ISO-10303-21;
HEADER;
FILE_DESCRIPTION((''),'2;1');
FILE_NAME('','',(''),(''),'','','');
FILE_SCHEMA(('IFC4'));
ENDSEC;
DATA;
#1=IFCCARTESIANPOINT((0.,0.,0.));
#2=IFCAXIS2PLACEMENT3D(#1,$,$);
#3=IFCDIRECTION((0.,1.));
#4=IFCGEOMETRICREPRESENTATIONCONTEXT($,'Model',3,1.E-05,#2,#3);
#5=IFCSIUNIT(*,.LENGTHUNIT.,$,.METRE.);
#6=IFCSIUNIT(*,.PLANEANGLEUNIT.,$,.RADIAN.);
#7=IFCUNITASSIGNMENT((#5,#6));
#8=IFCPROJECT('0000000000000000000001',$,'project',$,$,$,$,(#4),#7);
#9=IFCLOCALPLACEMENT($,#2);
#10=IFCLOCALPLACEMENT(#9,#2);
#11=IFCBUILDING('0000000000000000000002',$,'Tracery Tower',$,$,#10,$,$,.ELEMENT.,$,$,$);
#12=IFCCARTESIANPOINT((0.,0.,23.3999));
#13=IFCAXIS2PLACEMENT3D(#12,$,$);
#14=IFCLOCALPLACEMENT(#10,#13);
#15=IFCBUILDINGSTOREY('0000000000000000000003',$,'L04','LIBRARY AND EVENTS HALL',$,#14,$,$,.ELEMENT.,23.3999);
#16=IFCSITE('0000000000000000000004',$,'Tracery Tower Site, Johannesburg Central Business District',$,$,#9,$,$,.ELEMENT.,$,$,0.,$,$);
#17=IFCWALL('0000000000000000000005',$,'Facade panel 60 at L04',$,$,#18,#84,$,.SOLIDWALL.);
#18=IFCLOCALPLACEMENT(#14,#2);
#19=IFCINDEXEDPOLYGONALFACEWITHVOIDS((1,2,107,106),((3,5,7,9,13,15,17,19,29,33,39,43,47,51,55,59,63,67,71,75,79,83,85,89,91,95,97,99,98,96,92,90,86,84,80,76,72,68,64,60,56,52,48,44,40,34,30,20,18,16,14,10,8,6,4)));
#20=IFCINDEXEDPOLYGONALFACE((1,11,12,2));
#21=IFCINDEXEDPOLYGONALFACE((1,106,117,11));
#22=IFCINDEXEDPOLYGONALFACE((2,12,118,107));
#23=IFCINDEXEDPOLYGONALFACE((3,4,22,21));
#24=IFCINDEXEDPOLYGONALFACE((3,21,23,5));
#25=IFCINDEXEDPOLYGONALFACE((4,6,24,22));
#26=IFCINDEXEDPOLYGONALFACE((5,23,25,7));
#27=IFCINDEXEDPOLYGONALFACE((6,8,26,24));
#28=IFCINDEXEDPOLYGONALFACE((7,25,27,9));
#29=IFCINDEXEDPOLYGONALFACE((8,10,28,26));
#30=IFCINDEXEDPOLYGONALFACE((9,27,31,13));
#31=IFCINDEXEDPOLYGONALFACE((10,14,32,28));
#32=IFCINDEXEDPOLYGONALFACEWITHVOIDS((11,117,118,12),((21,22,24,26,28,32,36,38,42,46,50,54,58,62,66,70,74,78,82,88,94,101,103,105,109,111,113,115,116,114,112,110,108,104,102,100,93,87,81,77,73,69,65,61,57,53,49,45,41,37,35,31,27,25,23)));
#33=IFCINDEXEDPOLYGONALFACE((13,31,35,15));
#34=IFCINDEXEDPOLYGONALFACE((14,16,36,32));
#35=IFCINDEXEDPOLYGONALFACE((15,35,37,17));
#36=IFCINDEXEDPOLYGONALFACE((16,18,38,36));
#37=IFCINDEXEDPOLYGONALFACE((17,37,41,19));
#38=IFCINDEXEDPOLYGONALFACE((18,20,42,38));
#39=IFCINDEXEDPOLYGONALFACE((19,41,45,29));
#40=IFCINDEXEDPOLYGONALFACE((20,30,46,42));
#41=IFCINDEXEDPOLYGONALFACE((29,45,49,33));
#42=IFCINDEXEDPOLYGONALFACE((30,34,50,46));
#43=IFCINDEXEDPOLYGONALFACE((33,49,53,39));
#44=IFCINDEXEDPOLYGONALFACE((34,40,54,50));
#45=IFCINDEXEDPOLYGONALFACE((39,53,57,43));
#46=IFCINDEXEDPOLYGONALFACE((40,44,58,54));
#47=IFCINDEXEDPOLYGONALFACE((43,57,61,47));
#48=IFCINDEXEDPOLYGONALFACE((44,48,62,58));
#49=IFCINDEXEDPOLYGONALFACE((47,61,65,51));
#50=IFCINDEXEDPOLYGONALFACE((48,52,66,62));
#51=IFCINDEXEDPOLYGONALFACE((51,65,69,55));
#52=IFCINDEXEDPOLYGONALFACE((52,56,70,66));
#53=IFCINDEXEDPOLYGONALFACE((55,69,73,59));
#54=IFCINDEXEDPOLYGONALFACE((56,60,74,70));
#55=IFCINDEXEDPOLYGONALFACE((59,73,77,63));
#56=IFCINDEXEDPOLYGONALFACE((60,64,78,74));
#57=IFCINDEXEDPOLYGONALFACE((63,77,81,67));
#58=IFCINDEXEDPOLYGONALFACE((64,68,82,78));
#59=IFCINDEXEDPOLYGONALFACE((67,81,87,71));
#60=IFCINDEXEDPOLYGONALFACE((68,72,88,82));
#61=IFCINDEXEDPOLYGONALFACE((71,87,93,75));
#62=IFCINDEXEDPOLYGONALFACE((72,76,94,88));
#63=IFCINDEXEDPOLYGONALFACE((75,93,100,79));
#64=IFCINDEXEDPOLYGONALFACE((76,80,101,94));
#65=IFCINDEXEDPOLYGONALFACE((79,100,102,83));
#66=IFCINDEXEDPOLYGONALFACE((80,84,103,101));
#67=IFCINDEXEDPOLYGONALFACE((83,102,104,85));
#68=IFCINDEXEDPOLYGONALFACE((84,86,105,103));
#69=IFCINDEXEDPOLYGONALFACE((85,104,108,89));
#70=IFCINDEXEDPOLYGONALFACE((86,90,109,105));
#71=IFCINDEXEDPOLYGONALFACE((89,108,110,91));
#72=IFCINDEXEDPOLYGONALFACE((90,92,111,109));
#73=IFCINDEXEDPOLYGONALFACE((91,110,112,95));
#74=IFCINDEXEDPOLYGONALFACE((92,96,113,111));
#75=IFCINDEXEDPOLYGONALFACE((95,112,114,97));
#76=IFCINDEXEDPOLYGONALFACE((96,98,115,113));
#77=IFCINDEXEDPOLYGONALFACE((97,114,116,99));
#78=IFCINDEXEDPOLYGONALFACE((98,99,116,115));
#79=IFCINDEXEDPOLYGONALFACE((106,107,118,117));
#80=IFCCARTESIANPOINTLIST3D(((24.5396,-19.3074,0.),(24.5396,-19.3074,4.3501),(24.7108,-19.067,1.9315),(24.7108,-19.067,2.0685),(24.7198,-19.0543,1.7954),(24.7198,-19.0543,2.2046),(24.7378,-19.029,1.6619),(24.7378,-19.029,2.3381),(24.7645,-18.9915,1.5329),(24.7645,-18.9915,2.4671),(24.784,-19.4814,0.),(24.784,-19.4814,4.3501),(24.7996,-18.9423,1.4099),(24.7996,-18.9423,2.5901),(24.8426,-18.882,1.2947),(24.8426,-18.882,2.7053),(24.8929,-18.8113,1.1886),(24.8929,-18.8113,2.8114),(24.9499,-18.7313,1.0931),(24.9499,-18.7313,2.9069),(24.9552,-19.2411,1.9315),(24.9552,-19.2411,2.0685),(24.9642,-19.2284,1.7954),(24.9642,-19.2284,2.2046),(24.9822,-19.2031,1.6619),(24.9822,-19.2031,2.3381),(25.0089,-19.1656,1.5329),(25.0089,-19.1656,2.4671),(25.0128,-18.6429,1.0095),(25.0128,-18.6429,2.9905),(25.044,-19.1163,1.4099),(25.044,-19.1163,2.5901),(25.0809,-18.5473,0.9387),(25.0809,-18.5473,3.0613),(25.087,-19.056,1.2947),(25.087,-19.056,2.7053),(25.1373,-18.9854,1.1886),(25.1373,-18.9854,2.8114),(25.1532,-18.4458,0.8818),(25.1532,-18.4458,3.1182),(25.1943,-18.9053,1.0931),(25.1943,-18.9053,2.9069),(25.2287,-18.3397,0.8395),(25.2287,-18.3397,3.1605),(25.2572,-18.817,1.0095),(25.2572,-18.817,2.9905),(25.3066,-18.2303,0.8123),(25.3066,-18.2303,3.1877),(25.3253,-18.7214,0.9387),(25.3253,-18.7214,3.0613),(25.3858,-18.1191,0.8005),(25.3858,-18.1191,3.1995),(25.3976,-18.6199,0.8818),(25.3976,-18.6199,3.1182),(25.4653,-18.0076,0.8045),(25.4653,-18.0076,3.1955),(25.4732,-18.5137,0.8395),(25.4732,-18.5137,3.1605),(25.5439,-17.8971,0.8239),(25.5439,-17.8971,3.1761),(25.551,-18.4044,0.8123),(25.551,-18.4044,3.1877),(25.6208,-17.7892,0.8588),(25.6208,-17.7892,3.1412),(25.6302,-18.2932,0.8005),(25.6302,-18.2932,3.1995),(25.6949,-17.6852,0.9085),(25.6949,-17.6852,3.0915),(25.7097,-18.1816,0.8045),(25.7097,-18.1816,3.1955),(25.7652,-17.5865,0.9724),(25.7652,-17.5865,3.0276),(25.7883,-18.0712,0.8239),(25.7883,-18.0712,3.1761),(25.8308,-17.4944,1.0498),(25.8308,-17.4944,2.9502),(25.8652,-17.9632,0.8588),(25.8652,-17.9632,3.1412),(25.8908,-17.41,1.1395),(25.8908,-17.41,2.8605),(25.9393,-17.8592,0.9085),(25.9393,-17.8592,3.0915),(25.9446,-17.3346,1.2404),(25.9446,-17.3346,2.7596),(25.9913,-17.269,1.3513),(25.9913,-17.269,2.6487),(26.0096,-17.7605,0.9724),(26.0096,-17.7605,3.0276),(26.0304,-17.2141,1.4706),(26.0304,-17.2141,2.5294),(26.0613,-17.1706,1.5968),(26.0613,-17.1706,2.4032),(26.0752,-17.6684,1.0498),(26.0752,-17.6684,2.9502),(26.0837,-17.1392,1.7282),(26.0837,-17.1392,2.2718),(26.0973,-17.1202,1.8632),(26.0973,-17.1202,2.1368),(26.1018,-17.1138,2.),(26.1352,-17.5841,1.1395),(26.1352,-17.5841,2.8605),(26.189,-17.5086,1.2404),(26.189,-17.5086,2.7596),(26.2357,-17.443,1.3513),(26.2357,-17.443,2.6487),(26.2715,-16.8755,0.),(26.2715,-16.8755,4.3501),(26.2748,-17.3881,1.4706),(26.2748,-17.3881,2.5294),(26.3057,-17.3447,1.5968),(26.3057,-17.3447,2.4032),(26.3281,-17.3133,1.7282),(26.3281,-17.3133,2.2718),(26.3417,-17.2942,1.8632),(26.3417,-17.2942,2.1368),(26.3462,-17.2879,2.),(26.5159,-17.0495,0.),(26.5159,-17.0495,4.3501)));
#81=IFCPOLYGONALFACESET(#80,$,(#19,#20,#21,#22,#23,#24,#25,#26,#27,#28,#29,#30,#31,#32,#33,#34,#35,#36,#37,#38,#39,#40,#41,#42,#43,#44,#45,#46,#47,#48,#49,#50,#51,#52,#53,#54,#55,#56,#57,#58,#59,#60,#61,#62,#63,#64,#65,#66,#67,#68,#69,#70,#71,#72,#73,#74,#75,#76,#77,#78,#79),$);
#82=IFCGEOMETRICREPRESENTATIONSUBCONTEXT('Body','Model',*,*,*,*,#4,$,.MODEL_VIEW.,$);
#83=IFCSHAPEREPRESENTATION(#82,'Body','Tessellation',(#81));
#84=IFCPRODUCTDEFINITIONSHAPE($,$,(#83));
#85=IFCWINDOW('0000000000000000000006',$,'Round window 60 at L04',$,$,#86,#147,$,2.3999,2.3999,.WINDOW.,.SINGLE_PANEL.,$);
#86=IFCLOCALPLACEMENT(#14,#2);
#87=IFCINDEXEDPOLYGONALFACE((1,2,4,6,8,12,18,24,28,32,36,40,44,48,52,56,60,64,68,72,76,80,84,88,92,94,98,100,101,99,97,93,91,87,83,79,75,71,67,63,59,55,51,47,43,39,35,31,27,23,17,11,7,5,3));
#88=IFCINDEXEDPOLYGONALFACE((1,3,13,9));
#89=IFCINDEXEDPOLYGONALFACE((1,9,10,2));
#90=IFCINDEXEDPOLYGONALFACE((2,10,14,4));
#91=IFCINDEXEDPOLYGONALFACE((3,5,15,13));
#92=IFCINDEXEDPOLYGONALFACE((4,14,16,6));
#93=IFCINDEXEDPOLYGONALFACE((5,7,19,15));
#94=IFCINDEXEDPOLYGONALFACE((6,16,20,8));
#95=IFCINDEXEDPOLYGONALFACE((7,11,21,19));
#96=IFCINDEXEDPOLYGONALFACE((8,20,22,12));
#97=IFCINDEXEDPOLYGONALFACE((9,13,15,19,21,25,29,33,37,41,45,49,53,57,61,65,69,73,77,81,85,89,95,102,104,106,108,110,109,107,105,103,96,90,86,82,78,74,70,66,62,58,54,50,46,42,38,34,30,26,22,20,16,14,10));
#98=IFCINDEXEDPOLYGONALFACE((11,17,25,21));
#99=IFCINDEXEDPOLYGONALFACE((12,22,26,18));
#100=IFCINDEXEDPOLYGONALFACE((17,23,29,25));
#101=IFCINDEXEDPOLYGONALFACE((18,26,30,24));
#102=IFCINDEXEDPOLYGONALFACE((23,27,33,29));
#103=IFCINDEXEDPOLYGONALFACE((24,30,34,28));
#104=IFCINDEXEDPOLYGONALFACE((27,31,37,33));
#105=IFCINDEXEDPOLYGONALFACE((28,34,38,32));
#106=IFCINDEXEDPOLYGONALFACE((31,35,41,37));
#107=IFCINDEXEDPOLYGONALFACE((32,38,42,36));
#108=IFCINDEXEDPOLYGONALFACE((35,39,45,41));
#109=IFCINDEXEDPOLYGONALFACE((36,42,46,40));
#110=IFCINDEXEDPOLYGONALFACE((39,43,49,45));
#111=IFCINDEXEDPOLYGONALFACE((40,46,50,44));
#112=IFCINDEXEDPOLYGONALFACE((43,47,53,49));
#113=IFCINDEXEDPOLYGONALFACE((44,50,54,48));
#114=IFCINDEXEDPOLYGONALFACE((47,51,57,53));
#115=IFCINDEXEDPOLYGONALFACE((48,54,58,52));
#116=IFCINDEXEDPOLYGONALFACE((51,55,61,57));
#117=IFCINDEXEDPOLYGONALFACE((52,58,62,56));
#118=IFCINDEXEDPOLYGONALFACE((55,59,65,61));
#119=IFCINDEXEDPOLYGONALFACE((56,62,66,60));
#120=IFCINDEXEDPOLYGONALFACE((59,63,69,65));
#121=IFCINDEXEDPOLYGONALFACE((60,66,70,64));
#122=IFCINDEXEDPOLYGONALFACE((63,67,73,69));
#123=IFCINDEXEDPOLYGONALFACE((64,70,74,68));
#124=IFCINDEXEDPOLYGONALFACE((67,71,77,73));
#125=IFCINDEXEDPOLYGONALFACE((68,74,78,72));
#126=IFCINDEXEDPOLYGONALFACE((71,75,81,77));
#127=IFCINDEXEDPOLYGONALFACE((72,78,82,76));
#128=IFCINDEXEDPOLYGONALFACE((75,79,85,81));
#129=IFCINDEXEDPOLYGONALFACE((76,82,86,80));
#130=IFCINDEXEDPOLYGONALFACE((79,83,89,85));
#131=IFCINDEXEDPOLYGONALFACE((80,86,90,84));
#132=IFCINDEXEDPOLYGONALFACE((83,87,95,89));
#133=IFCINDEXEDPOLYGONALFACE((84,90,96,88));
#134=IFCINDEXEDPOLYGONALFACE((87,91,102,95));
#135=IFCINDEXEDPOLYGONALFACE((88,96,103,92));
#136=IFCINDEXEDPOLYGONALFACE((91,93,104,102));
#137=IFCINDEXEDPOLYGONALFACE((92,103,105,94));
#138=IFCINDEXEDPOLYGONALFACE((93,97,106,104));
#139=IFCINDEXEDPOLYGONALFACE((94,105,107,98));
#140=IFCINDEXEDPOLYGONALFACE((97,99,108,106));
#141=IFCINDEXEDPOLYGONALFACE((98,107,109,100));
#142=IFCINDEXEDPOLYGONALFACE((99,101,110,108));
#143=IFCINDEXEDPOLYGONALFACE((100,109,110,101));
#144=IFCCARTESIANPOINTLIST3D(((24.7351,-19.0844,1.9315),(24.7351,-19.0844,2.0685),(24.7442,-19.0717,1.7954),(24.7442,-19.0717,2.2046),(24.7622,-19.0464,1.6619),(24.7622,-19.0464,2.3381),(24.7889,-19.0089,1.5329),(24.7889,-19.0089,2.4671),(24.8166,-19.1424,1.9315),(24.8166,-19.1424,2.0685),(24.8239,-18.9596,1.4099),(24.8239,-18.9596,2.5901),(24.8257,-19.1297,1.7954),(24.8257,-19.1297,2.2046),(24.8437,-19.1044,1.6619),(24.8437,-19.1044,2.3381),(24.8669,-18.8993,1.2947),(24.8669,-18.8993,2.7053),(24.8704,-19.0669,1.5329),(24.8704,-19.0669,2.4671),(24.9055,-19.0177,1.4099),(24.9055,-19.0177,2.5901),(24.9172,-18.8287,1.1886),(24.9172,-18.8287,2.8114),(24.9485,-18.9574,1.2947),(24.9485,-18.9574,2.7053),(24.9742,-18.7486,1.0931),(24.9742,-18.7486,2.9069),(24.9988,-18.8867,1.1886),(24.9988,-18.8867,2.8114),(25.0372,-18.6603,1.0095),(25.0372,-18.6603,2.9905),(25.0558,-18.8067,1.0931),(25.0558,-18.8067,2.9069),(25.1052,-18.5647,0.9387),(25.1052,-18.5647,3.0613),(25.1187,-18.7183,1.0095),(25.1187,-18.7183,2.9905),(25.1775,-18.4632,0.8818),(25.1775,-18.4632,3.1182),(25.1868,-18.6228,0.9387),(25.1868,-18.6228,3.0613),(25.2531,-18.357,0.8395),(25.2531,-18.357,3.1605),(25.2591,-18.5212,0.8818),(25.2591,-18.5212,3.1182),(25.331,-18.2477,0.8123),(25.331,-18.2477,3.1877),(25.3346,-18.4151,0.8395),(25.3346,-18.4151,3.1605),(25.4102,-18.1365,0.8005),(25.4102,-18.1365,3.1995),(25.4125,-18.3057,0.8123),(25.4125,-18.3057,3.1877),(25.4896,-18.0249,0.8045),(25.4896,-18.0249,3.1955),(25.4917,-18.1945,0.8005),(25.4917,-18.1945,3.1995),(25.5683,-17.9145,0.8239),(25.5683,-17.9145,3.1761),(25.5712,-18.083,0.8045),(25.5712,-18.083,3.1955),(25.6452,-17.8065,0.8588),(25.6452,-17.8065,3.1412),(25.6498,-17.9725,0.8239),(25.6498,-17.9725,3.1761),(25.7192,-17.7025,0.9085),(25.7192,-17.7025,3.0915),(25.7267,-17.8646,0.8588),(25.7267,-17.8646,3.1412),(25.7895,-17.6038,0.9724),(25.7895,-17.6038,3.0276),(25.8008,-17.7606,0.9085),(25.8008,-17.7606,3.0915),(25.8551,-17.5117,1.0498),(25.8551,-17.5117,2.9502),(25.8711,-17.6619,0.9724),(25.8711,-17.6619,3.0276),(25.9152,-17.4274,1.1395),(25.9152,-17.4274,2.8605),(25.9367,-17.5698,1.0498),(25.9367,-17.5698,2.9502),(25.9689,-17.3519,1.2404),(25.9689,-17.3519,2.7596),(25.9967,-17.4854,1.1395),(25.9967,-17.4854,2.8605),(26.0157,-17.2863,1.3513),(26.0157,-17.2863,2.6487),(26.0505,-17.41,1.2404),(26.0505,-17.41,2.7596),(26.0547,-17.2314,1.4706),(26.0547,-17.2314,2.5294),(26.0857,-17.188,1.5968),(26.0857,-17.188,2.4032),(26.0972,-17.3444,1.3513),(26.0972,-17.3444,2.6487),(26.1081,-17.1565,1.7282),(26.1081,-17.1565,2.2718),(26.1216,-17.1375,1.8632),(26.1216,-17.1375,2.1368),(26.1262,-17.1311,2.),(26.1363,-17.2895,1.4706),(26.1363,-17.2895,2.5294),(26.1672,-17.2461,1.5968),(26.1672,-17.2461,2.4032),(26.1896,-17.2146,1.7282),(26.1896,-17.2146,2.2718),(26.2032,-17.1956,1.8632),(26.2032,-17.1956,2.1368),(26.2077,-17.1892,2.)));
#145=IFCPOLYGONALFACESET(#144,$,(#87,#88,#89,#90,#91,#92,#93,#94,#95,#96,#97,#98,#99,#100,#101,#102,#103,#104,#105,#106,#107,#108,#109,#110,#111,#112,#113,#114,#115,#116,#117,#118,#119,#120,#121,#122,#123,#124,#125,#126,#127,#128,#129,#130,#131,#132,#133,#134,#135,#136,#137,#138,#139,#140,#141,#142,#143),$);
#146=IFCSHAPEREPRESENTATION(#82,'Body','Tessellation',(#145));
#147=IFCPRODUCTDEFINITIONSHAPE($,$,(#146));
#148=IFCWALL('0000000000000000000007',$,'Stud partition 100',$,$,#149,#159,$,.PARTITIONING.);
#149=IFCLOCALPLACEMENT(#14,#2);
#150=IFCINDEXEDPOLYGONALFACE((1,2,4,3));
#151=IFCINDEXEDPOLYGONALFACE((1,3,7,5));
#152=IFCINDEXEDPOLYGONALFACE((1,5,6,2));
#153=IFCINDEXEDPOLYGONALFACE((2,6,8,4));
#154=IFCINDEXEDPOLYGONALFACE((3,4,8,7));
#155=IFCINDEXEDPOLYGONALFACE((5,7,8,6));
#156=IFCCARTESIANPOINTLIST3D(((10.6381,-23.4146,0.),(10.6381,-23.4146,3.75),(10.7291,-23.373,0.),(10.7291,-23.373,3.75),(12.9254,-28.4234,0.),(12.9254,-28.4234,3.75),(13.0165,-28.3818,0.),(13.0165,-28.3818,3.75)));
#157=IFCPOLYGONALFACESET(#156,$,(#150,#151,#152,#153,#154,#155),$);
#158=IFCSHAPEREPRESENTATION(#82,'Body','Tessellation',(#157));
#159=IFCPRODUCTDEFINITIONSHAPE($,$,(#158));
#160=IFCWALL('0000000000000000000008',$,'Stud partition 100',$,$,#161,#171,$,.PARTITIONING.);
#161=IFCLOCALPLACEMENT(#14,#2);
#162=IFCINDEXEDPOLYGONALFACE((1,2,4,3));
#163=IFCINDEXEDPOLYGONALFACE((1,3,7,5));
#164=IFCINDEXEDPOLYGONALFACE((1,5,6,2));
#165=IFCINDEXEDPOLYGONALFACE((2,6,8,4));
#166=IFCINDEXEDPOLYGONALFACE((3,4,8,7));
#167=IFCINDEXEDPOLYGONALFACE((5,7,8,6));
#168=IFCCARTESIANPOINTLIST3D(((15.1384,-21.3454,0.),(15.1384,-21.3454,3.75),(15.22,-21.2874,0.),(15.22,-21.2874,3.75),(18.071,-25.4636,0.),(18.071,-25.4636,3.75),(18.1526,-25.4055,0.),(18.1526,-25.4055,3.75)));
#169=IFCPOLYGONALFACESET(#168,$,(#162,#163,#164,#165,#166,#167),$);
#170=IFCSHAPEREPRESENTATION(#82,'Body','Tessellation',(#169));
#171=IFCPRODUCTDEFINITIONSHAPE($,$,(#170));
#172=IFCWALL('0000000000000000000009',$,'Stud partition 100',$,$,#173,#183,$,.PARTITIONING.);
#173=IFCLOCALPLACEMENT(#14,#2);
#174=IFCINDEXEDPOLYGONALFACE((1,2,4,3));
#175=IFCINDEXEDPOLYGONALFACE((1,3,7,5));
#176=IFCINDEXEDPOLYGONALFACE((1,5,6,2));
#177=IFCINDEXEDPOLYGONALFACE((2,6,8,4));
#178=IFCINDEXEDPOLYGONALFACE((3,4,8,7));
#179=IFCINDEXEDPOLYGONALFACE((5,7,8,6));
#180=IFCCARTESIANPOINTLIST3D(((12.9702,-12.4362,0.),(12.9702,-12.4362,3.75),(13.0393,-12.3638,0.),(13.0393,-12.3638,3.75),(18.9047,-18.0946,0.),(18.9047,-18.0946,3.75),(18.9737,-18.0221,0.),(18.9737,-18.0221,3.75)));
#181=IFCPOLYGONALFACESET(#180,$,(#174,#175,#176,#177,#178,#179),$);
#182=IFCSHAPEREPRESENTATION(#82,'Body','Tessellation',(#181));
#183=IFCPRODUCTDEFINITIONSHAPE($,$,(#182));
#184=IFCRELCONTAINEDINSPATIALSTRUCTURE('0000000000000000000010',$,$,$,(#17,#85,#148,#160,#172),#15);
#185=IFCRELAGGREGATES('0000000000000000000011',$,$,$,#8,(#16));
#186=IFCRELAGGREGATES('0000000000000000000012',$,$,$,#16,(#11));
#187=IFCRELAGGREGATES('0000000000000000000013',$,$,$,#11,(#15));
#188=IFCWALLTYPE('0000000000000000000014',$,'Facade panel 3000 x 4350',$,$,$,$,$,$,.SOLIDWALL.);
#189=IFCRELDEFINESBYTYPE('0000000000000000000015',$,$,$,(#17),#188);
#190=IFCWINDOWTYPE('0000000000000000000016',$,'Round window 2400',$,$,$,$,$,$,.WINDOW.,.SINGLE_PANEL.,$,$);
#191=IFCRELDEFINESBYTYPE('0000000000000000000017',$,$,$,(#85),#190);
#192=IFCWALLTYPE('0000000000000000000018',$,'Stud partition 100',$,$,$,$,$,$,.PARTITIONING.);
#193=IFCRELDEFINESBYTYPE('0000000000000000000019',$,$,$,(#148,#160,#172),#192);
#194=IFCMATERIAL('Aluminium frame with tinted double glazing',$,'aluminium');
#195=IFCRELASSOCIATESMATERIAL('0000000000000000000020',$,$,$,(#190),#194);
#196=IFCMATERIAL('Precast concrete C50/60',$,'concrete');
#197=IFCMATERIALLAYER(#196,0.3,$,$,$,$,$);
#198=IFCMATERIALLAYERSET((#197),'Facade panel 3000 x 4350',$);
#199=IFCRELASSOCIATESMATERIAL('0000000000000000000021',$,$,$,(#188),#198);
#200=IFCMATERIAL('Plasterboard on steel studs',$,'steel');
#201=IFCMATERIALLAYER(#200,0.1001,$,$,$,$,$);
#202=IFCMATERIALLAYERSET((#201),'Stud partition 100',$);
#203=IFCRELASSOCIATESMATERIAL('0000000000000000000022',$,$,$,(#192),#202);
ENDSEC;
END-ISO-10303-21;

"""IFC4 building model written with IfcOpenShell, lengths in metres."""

from ifc_helpers import new_model, si_unit, direction, frame, frame_2d, origin, origin_2d, place, context, subcontext, project, spatial, rectangle, circle, extrude, material, layer, layer_set, type_object, element, fill, save


model = new_model("IFC4")

# Units and contexts
model_context = context("Model", 3, precision=1e-05, world=origin(), true_north=direction((0.0, 1.0)))
body_context = subcontext(model_context, "Body", "Model", "MODEL_VIEW")
ifc_project = project(units=[si_unit("LENGTHUNIT", "METRE"), si_unit("PLANEANGLEUNIT", "RADIAN")], contexts=[model_context])

# Site, building, storey
site_placement = place(None, origin())
site = spatial("IfcSite", under=ifc_project, at=site_placement, Name="Tracery Tower Site, Johannesburg Central Business District", CompositionType="ELEMENT", RefElevation=0.0)
building_placement = place(site_placement, origin())
building = spatial("IfcBuilding", under=site, at=building_placement, Name="Tracery Tower", CompositionType="ELEMENT")
storey_placement = place(building_placement, frame((0.0, 0.0, 23.3999)))
storey = spatial("IfcBuildingStorey", under=building, at=storey_placement, Name="L04", Description="LIBRARY AND EVENTS HALL", CompositionType="ELEMENT", Elevation=23.3999)

# Wall, opening, window
ifc_material_1 = material(Name="Aluminium frame with tinted double glazing", Category="aluminium")
window_type = type_object("IfcWindowType", Name="Round window 2400", PartitioningType="SINGLE_PANEL", PredefinedType="WINDOW", material=ifc_material_1)
ifc_material_2 = material(Name="Precast concrete C50/60", Category="concrete")
ifc_layer_1 = layer(ifc_material_2, 0.3)
ifc_layer_set_1 = layer_set([ifc_layer_1], Name="Facade panel 3000 x 4350")
wall_type_1 = type_object("IfcWallType", Name="Facade panel 3000 x 4350", PredefinedType="SOLIDWALL", material=ifc_layer_set_1)
wall_1_placement = place(storey_placement, frame((24.6619, -19.3943, 0.0), z_axis=(0.0, 0.0, 1.0), x_axis=(0.580101, 0.814545, 0.0)))
wall_1 = element("IfcWall", 1, at=wall_1_placement, inside=storey, type_object=wall_type_1, Name="Facade panel 60 at L04", PredefinedType="SOLIDWALL", context=body_context, shape_type="SweptSolid", body=[
    extrude(rectangle(XDim=2.9856, YDim=0.3, at=frame_2d((1.4927, 0.0))), origin(), (0.0, 0.0, 1.0), 4.3501),
])
opening_1_placement = place(wall_1_placement, frame((1.4929, 0.0, 2.0)))
opening_1 = element("IfcOpeningElement", 2, at=opening_1_placement, cuts=wall_1, PredefinedType="OPENING", context=body_context, shape_type="SweptSolid", body=[
    extrude(circle(Radius=1.2, at=origin_2d()), frame((0.0, 0.1599, 0.0), z_axis=(0.0, -1.0, 0.0), x_axis=(1.0, 0.0, 0.0)), (0.0, 0.0, 1.0), 0.3201),
])
window_1_placement = place(opening_1_placement, origin())
window_1 = element("IfcWindow", 3, at=window_1_placement, inside=storey, type_object=window_type, Name="Round window 60 at L04", OverallHeight=2.3999, OverallWidth=2.3999, PartitioningType="SINGLE_PANEL", PredefinedType="WINDOW", context=body_context, shape_type="SweptSolid", body=[
    extrude(circle(Radius=1.2, at=origin_2d()), frame((0.0, 0.1201, 0.0), z_axis=(0.0, -1.0, 0.0), x_axis=(1.0, 0.0, 0.0)), (0.0, 0.0, 1.0), 0.1001),
])
fill(opening_1, window_1)

# Walls
ifc_material_3 = material(Name="Plasterboard on steel studs", Category="steel")
ifc_layer_2 = layer(ifc_material_3, 0.1001)
ifc_layer_set_2 = layer_set([ifc_layer_2], Name="Stud partition 100")
wall_type_2 = type_object("IfcWallType", Name="Stud partition 100", PredefinedType="PARTITIONING", material=ifc_layer_set_2)
wall_2_placement = place(storey_placement, frame((12.9709, -28.4026, 0.0), z_axis=(0.0, 0.0, 1.0), x_axis=(-0.415402, 0.909638, 0.0)))
element("IfcWall", 4, at=wall_2_placement, inside=storey, type_object=wall_type_2, Name="Stud partition 100", PredefinedType="PARTITIONING", context=body_context, shape_type="SweptSolid", body=[
    extrude(rectangle(XDim=5.5063, YDim=0.1001, at=frame_2d((2.7532, 0.0))), origin(), (0.0, 0.0, 1.0), 3.75),
])
wall_3_placement = place(storey_placement, frame((18.1118, -25.4346, 0.0), z_axis=(0.0, 0.0, 1.0), x_axis=(-0.580068, 0.814568, 0.0)))
element("IfcWall", 5, at=wall_3_placement, inside=storey, type_object=wall_type_2, Name="Stud partition 100", PredefinedType="PARTITIONING", context=body_context, shape_type="SweptSolid", body=[
    extrude(rectangle(XDim=5.0557, YDim=0.1001, at=frame_2d((2.5278, 0.0))), origin(), (0.0, 0.0, 1.0), 3.75),
])
wall_4_placement = place(storey_placement, frame((18.9392, -18.0583, 0.0), z_axis=(0.0, 0.0, 1.0), x_axis=(-0.723743, 0.690069, 0.0)))
element("IfcWall", 6, at=wall_4_placement, inside=storey, type_object=wall_type_2, Name="Stud partition 100", PredefinedType="PARTITIONING", context=body_context, shape_type="SweptSolid", body=[
    extrude(rectangle(XDim=8.1997, YDim=0.1001, at=frame_2d((4.0999, 0.0))), origin(), (0.0, 0.0, 1.0), 3.75),
])

save(model, "model.ifc")
